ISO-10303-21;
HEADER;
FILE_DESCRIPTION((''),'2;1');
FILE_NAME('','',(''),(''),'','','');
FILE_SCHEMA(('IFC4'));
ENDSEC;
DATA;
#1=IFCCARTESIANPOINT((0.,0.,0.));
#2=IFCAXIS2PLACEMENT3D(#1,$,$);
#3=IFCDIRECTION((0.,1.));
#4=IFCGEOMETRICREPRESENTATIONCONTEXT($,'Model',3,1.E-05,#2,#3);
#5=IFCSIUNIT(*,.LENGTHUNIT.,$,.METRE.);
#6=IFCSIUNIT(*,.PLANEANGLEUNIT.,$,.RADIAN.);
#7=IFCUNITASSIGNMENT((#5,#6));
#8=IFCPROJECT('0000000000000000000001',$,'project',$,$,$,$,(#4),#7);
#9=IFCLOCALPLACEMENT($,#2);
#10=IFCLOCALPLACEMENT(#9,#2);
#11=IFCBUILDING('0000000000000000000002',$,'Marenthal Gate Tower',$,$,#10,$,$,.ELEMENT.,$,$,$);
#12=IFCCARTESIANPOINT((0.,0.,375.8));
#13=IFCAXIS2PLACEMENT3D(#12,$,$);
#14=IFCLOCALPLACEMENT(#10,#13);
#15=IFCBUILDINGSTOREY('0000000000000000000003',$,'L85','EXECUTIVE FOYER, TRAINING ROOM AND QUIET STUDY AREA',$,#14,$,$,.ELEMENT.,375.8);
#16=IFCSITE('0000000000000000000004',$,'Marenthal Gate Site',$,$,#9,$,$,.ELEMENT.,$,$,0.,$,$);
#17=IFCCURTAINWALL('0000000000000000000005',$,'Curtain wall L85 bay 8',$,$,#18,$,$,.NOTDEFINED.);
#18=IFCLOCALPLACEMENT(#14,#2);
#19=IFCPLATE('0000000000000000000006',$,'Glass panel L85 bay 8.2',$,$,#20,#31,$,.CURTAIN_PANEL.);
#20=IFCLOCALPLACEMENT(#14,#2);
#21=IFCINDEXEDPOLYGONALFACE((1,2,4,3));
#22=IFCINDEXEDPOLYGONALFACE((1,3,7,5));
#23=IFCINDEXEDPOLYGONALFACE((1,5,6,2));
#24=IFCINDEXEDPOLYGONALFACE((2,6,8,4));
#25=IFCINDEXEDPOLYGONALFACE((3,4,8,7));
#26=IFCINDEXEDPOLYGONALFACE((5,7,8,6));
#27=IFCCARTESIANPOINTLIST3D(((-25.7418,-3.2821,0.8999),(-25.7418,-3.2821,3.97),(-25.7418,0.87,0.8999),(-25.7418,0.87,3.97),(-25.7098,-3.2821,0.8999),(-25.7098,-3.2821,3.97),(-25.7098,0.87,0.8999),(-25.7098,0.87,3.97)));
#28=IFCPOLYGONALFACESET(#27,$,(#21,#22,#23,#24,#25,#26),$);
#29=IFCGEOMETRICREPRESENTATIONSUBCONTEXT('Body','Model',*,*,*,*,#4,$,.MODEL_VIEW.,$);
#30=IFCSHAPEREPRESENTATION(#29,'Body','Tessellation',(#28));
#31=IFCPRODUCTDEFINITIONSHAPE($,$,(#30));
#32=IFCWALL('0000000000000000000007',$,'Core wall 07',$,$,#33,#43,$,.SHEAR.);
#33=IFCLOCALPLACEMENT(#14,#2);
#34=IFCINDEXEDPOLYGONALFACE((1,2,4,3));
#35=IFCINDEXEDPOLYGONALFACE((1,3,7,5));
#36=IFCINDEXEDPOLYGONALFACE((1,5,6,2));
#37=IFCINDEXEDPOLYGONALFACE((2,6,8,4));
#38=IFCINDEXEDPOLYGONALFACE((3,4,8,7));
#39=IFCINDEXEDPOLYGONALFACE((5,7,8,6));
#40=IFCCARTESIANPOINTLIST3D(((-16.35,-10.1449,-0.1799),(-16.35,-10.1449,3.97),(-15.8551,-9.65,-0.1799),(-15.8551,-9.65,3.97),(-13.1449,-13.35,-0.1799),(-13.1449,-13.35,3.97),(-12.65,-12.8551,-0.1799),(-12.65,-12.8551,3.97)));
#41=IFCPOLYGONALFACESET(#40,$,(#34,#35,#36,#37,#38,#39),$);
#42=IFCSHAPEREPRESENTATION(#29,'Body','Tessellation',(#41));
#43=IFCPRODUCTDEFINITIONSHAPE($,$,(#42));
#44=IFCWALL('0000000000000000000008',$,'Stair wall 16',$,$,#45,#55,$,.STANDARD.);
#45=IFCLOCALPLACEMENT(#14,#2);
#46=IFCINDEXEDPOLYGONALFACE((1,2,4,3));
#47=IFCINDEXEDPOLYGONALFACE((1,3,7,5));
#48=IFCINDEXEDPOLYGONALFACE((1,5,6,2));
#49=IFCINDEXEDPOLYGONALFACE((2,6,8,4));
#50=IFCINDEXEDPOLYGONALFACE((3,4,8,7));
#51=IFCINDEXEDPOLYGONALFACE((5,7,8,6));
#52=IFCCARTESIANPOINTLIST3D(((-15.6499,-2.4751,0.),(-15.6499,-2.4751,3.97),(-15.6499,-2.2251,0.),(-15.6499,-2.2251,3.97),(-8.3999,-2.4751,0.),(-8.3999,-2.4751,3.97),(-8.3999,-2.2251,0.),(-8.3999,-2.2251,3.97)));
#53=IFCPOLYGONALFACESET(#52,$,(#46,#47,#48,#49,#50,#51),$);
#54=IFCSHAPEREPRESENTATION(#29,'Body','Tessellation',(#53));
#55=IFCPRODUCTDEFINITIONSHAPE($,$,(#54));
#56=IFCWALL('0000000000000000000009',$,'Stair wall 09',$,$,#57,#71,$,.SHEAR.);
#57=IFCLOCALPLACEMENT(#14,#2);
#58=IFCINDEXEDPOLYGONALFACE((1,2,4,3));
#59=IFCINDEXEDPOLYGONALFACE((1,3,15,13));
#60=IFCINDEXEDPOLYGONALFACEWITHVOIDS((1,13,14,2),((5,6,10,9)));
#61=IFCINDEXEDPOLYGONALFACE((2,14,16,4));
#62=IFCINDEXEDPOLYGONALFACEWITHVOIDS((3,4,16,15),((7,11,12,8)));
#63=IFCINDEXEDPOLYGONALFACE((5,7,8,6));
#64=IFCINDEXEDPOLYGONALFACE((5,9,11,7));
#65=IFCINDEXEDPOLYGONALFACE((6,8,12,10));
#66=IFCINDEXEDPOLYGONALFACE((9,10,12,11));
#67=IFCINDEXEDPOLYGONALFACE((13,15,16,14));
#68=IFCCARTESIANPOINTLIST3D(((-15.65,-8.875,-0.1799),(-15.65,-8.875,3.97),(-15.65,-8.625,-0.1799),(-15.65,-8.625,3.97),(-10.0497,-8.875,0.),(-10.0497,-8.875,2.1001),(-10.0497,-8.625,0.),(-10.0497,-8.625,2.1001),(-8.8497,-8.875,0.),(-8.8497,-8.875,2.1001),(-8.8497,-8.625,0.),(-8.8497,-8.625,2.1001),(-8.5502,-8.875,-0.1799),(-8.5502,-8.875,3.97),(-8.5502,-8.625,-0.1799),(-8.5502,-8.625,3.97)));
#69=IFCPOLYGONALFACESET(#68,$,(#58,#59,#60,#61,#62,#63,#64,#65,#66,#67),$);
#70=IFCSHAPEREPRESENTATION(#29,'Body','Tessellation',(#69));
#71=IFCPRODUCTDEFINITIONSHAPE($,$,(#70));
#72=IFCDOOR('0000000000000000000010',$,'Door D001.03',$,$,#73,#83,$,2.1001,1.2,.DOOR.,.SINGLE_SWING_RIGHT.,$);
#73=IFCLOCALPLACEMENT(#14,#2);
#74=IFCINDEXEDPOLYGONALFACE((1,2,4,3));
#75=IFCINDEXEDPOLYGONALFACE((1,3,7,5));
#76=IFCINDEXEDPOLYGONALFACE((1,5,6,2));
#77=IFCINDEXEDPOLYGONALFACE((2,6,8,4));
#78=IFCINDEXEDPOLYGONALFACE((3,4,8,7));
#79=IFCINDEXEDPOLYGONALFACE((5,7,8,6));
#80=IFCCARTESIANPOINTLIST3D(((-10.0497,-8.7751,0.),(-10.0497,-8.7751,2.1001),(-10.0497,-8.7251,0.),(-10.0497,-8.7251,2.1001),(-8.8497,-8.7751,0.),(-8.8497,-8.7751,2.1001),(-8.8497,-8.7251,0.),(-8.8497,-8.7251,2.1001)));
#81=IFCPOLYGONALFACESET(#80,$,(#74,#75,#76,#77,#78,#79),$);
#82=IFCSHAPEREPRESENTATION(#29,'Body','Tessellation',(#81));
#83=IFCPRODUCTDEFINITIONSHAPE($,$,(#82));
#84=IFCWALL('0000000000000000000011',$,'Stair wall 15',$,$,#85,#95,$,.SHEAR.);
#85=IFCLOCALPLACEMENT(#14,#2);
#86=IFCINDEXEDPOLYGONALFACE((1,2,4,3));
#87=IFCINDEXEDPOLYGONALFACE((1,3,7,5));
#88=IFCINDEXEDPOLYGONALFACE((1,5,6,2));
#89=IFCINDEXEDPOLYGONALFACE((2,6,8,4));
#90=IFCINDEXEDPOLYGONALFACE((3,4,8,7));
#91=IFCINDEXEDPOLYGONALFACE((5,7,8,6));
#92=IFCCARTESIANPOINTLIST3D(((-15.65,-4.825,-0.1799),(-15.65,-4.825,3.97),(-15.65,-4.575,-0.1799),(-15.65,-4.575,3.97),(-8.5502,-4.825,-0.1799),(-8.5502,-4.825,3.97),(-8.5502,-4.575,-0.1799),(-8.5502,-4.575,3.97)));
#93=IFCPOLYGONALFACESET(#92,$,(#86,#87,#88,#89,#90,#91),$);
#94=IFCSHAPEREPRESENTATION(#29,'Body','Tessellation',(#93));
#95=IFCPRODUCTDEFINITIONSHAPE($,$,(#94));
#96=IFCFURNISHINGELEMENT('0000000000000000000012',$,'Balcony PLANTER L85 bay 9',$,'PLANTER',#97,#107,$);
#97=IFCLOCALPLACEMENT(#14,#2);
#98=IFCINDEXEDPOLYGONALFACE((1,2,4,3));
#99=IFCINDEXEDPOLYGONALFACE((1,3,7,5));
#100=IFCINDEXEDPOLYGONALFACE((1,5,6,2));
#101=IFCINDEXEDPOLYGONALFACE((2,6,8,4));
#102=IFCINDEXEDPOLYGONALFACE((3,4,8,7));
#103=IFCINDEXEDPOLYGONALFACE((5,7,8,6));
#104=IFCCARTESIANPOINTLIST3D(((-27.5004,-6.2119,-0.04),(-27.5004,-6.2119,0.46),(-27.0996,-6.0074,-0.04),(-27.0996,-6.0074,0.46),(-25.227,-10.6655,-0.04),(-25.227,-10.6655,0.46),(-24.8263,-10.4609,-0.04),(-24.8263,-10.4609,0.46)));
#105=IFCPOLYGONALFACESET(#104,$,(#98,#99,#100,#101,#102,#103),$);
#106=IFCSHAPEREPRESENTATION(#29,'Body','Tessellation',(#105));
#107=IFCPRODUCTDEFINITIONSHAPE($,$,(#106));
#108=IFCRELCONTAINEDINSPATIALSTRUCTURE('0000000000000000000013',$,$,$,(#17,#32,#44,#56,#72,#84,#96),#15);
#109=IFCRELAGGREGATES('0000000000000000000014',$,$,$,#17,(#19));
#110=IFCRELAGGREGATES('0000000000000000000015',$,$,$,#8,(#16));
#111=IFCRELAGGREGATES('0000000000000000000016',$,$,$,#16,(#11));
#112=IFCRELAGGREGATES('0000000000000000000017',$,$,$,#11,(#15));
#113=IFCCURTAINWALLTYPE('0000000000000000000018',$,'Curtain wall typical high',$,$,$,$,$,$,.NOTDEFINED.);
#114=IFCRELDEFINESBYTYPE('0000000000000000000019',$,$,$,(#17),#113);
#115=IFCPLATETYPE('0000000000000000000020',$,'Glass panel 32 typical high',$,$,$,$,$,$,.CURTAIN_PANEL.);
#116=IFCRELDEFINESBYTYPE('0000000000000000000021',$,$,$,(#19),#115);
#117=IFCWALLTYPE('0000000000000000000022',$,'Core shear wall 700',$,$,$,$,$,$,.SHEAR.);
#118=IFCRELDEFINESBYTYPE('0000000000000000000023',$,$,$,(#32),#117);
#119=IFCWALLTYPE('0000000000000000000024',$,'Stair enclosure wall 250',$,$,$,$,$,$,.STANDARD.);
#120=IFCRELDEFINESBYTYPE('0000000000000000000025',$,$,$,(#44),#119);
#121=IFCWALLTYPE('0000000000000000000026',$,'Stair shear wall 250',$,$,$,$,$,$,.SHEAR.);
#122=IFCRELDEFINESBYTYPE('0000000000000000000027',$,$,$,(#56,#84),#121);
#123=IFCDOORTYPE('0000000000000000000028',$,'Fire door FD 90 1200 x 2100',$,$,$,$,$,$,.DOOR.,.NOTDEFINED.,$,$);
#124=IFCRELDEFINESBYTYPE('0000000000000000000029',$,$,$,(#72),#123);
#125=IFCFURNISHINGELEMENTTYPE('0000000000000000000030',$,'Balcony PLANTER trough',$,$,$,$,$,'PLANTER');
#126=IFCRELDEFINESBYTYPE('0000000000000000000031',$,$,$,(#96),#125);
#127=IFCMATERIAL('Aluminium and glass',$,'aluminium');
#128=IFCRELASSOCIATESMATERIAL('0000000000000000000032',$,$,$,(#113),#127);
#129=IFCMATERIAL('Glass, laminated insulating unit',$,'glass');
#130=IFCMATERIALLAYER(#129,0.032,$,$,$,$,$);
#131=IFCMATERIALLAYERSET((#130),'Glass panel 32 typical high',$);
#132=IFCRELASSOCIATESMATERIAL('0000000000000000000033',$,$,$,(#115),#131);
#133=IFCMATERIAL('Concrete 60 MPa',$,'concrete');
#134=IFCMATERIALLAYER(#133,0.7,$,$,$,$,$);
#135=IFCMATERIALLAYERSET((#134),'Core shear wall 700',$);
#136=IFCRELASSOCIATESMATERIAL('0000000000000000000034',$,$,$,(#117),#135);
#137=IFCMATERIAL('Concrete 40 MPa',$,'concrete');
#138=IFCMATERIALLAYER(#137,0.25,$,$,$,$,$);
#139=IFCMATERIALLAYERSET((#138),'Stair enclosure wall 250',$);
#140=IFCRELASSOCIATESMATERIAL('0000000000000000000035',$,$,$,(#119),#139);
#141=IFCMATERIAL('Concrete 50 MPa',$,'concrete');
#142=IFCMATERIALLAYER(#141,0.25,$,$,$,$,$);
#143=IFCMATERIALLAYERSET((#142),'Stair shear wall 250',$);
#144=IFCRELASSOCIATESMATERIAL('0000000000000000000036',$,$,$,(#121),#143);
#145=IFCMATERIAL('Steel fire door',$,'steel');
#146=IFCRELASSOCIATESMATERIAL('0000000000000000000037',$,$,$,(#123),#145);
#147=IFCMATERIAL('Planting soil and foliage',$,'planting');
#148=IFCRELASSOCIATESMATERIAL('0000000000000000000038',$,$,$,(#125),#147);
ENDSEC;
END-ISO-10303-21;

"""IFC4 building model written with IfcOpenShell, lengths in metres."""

from ifc_helpers import new_model, si_unit, direction, frame, frame_2d, origin, origin_2d, place, context, subcontext, project, spatial, rectangle, extrude, material, layer, layer_set, type_object, element, fill, aggregate, save


model = new_model("IFC4")

# Units and contexts
model_context = context("Model", 3, precision=1e-05, world=origin(), true_north=direction((0.0, 1.0)))
body_context = subcontext(model_context, "Body", "Model", "MODEL_VIEW")
ifc_project = project(units=[si_unit("LENGTHUNIT", "METRE"), si_unit("PLANEANGLEUNIT", "RADIAN")], contexts=[model_context])

# Site, building, storey
site_placement = place(None, origin())
site = spatial("IfcSite", under=ifc_project, at=site_placement, Name="Marenthal Gate Site", CompositionType="ELEMENT", RefElevation=0.0)
building_placement = place(site_placement, origin())
building = spatial("IfcBuilding", under=site, at=building_placement, Name="Marenthal Gate Tower", CompositionType="ELEMENT")
storey_placement = place(building_placement, frame((0.0, 0.0, 375.8)))
storey = spatial("IfcBuildingStorey", under=building, at=storey_placement, Name="L85", Description="EXECUTIVE FOYER, TRAINING ROOM AND QUIET STUDY AREA", CompositionType="ELEMENT", Elevation=375.8)

# Curtain wall
ifc_material_1 = material(Name="Aluminium and glass", Category="aluminium")
curtain_wall_type = type_object("IfcCurtainWallType", Name="Curtain wall typical high", PredefinedType="NOTDEFINED", material=ifc_material_1)
curtain_wall_placement = place(storey_placement, origin())
curtain_wall = element("IfcCurtainWall", 1, at=curtain_wall_placement, inside=storey, type_object=curtain_wall_type, Name="Curtain wall L85 bay 8", PredefinedType="NOTDEFINED")

# Plate
ifc_material_2 = material(Name="Glass, laminated insulating unit", Category="glass")
ifc_layer_1 = layer(ifc_material_2, 0.032)
ifc_layer_set_1 = layer_set([ifc_layer_1], Name="Glass panel 32 typical high")
plate_type = type_object("IfcPlateType", Name="Glass panel 32 typical high", PredefinedType="CURTAIN_PANEL", material=ifc_layer_set_1)
plate_placement = place(storey_placement, frame((-25.7258, -1.2061, 0.8999), z_axis=(0.0, 0.0, 1.0), x_axis=(0.0, -1.0, 0.0)))
plate = element("IfcPlate", 2, at=plate_placement, type_object=plate_type, Name="Glass panel L85 bay 8.2", PredefinedType="CURTAIN_PANEL", context=body_context, shape_type="SweptSolid", body=[
    extrude(rectangle(XDim=4.1521, YDim=0.032, at=origin_2d()), origin(), (0.0, 0.0, 1.0), 3.0701),
])
aggregate(curtain_wall, [plate])

# Walls
ifc_material_3 = material(Name="Concrete 60 MPa", Category="concrete")
ifc_layer_2 = layer(ifc_material_3, 0.7)
ifc_layer_set_2 = layer_set([ifc_layer_2], Name="Core shear wall 700")
wall_type_1 = type_object("IfcWallType", Name="Core shear wall 700", PredefinedType="SHEAR", material=ifc_layer_set_2)
wall_1_placement = place(storey_placement, frame((-16.1025, -9.8975, -0.1799), z_axis=(0.0, 0.0, 1.0), x_axis=(0.707107, -0.707107, 0.0)))
element("IfcWall", 3, at=wall_1_placement, inside=storey, type_object=wall_type_1, Name="Core wall 07", PredefinedType="SHEAR", context=body_context, shape_type="SweptSolid", body=[
    extrude(rectangle(XDim=4.5327, YDim=0.7, at=frame_2d((2.2664, 0.0))), origin(), (0.0, 0.0, 1.0), 4.1499),
])
ifc_material_4 = material(Name="Concrete 40 MPa", Category="concrete")
ifc_layer_3 = layer(ifc_material_4, 0.25)
ifc_layer_set_3 = layer_set([ifc_layer_3], Name="Stair enclosure wall 250")
wall_type_2 = type_object("IfcWallType", Name="Stair enclosure wall 250", PredefinedType="STANDARD", material=ifc_layer_set_3)
wall_2_placement = place(storey_placement, frame((-15.6499, -2.3501, 0.0), z_axis=(0.0, 0.0, 1.0), x_axis=(1.0, 0.0, 0.0)))
element("IfcWall", 4, at=wall_2_placement, inside=storey, type_object=wall_type_2, Name="Stair wall 16", PredefinedType="STANDARD", context=body_context, shape_type="SweptSolid", body=[
    extrude(rectangle(XDim=7.25, YDim=0.25, at=frame_2d((3.625, 0.0))), origin(), (0.0, 0.0, 1.0), 3.97),
])

# Wall, opening, door
ifc_material_5 = material(Name="Concrete 50 MPa", Category="concrete")
ifc_layer_4 = layer(ifc_material_5, 0.25)
ifc_layer_set_4 = layer_set([ifc_layer_4], Name="Stair shear wall 250")
wall_type_3 = type_object("IfcWallType", Name="Stair shear wall 250", PredefinedType="SHEAR", material=ifc_layer_set_4)
wall_3_placement = place(storey_placement, frame((-15.6499, -8.75, -0.1799), z_axis=(0.0, 0.0, 1.0), x_axis=(1.0, 0.0, 0.0)))
wall_3 = element("IfcWall", 5, at=wall_3_placement, inside=storey, type_object=wall_type_3, Name="Stair wall 09", PredefinedType="SHEAR", context=body_context, shape_type="SweptSolid", body=[
    extrude(rectangle(XDim=7.0999, YDim=0.25, at=frame_2d((3.5498, 0.0))), origin(), (0.0, 0.0, 1.0), 4.1499),
])
opening_1_placement = place(wall_3_placement, frame((5.6001, 0.0, 0.1799)))
opening_1 = element("IfcOpeningElement", 6, at=opening_1_placement, cuts=wall_3, PredefinedType="OPENING", context=body_context, shape_type="SweptSolid", body=[
    extrude(rectangle(XDim=1.2, YDim=2.1001, at=frame_2d((0.6001, 1.05))), frame((0.0, 0.135, 0.0), z_axis=(0.0, -1.0, 0.0), x_axis=(1.0, 0.0, 0.0)), (0.0, 0.0, 1.0), 0.27),
])
ifc_material_6 = material(Name="Steel fire door", Category="steel")
door_type_1 = type_object("IfcDoorType", Name="Fire door FD 90 1200 x 2100", OperationType="NOTDEFINED", PredefinedType="DOOR", material=ifc_material_6)
door_1_placement = place(opening_1_placement, origin())
door_1 = element("IfcDoor", 7, at=door_1_placement, inside=storey, type_object=door_type_1, Name="Door D001.03", OperationType="SINGLE_SWING_RIGHT", OverallHeight=2.1001, OverallWidth=1.2, PredefinedType="DOOR", context=body_context, shape_type="SweptSolid", body=[
    extrude(rectangle(XDim=1.2, YDim=2.1001, at=frame_2d((0.6001, 1.05))), frame((0.0, 0.0249, 0.0), z_axis=(0.0, -1.0, 0.0), x_axis=(1.0, 0.0, 0.0)), (0.0, 0.0, 1.0), 0.05),
])
fill(opening_1, door_1)

# Wall
wall_4_placement = place(storey_placement, frame((-15.6499, -4.7, -0.1799), z_axis=(0.0, 0.0, 1.0), x_axis=(1.0, 0.0, 0.0)))
element("IfcWall", 8, at=wall_4_placement, inside=storey, type_object=wall_type_3, Name="Stair wall 15", PredefinedType="SHEAR", context=body_context, shape_type="SweptSolid", body=[
    extrude(rectangle(XDim=7.0999, YDim=0.25, at=frame_2d((3.5498, 0.0))), origin(), (0.0, 0.0, 1.0), 4.1499),
])

# Furnishing element
ifc_material_7 = material(Name="Planting soil and foliage", Category="planting")
furnishing_element_type = type_object("IfcFurnishingElementType", Name="Balcony PLANTER trough", ElementType="PLANTER", material=ifc_material_7)
furnishing_placement = place(storey_placement, frame((-26.1633, -8.3364, -0.04), z_axis=(0.0, 0.0, 1.0), x_axis=(0.454654, -0.890668, 0.0)))
element("IfcFurnishingElement", 9, at=furnishing_placement, inside=storey, type_object=furnishing_element_type, Name="Balcony PLANTER L85 bay 9", ObjectType="PLANTER", context=body_context, shape_type="SweptSolid", body=[
    extrude(rectangle(XDim=5.0002, YDim=0.45, at=origin_2d()), origin(), (0.0, 0.0, 1.0), 0.5),
])

save(model, "model.ifc")
